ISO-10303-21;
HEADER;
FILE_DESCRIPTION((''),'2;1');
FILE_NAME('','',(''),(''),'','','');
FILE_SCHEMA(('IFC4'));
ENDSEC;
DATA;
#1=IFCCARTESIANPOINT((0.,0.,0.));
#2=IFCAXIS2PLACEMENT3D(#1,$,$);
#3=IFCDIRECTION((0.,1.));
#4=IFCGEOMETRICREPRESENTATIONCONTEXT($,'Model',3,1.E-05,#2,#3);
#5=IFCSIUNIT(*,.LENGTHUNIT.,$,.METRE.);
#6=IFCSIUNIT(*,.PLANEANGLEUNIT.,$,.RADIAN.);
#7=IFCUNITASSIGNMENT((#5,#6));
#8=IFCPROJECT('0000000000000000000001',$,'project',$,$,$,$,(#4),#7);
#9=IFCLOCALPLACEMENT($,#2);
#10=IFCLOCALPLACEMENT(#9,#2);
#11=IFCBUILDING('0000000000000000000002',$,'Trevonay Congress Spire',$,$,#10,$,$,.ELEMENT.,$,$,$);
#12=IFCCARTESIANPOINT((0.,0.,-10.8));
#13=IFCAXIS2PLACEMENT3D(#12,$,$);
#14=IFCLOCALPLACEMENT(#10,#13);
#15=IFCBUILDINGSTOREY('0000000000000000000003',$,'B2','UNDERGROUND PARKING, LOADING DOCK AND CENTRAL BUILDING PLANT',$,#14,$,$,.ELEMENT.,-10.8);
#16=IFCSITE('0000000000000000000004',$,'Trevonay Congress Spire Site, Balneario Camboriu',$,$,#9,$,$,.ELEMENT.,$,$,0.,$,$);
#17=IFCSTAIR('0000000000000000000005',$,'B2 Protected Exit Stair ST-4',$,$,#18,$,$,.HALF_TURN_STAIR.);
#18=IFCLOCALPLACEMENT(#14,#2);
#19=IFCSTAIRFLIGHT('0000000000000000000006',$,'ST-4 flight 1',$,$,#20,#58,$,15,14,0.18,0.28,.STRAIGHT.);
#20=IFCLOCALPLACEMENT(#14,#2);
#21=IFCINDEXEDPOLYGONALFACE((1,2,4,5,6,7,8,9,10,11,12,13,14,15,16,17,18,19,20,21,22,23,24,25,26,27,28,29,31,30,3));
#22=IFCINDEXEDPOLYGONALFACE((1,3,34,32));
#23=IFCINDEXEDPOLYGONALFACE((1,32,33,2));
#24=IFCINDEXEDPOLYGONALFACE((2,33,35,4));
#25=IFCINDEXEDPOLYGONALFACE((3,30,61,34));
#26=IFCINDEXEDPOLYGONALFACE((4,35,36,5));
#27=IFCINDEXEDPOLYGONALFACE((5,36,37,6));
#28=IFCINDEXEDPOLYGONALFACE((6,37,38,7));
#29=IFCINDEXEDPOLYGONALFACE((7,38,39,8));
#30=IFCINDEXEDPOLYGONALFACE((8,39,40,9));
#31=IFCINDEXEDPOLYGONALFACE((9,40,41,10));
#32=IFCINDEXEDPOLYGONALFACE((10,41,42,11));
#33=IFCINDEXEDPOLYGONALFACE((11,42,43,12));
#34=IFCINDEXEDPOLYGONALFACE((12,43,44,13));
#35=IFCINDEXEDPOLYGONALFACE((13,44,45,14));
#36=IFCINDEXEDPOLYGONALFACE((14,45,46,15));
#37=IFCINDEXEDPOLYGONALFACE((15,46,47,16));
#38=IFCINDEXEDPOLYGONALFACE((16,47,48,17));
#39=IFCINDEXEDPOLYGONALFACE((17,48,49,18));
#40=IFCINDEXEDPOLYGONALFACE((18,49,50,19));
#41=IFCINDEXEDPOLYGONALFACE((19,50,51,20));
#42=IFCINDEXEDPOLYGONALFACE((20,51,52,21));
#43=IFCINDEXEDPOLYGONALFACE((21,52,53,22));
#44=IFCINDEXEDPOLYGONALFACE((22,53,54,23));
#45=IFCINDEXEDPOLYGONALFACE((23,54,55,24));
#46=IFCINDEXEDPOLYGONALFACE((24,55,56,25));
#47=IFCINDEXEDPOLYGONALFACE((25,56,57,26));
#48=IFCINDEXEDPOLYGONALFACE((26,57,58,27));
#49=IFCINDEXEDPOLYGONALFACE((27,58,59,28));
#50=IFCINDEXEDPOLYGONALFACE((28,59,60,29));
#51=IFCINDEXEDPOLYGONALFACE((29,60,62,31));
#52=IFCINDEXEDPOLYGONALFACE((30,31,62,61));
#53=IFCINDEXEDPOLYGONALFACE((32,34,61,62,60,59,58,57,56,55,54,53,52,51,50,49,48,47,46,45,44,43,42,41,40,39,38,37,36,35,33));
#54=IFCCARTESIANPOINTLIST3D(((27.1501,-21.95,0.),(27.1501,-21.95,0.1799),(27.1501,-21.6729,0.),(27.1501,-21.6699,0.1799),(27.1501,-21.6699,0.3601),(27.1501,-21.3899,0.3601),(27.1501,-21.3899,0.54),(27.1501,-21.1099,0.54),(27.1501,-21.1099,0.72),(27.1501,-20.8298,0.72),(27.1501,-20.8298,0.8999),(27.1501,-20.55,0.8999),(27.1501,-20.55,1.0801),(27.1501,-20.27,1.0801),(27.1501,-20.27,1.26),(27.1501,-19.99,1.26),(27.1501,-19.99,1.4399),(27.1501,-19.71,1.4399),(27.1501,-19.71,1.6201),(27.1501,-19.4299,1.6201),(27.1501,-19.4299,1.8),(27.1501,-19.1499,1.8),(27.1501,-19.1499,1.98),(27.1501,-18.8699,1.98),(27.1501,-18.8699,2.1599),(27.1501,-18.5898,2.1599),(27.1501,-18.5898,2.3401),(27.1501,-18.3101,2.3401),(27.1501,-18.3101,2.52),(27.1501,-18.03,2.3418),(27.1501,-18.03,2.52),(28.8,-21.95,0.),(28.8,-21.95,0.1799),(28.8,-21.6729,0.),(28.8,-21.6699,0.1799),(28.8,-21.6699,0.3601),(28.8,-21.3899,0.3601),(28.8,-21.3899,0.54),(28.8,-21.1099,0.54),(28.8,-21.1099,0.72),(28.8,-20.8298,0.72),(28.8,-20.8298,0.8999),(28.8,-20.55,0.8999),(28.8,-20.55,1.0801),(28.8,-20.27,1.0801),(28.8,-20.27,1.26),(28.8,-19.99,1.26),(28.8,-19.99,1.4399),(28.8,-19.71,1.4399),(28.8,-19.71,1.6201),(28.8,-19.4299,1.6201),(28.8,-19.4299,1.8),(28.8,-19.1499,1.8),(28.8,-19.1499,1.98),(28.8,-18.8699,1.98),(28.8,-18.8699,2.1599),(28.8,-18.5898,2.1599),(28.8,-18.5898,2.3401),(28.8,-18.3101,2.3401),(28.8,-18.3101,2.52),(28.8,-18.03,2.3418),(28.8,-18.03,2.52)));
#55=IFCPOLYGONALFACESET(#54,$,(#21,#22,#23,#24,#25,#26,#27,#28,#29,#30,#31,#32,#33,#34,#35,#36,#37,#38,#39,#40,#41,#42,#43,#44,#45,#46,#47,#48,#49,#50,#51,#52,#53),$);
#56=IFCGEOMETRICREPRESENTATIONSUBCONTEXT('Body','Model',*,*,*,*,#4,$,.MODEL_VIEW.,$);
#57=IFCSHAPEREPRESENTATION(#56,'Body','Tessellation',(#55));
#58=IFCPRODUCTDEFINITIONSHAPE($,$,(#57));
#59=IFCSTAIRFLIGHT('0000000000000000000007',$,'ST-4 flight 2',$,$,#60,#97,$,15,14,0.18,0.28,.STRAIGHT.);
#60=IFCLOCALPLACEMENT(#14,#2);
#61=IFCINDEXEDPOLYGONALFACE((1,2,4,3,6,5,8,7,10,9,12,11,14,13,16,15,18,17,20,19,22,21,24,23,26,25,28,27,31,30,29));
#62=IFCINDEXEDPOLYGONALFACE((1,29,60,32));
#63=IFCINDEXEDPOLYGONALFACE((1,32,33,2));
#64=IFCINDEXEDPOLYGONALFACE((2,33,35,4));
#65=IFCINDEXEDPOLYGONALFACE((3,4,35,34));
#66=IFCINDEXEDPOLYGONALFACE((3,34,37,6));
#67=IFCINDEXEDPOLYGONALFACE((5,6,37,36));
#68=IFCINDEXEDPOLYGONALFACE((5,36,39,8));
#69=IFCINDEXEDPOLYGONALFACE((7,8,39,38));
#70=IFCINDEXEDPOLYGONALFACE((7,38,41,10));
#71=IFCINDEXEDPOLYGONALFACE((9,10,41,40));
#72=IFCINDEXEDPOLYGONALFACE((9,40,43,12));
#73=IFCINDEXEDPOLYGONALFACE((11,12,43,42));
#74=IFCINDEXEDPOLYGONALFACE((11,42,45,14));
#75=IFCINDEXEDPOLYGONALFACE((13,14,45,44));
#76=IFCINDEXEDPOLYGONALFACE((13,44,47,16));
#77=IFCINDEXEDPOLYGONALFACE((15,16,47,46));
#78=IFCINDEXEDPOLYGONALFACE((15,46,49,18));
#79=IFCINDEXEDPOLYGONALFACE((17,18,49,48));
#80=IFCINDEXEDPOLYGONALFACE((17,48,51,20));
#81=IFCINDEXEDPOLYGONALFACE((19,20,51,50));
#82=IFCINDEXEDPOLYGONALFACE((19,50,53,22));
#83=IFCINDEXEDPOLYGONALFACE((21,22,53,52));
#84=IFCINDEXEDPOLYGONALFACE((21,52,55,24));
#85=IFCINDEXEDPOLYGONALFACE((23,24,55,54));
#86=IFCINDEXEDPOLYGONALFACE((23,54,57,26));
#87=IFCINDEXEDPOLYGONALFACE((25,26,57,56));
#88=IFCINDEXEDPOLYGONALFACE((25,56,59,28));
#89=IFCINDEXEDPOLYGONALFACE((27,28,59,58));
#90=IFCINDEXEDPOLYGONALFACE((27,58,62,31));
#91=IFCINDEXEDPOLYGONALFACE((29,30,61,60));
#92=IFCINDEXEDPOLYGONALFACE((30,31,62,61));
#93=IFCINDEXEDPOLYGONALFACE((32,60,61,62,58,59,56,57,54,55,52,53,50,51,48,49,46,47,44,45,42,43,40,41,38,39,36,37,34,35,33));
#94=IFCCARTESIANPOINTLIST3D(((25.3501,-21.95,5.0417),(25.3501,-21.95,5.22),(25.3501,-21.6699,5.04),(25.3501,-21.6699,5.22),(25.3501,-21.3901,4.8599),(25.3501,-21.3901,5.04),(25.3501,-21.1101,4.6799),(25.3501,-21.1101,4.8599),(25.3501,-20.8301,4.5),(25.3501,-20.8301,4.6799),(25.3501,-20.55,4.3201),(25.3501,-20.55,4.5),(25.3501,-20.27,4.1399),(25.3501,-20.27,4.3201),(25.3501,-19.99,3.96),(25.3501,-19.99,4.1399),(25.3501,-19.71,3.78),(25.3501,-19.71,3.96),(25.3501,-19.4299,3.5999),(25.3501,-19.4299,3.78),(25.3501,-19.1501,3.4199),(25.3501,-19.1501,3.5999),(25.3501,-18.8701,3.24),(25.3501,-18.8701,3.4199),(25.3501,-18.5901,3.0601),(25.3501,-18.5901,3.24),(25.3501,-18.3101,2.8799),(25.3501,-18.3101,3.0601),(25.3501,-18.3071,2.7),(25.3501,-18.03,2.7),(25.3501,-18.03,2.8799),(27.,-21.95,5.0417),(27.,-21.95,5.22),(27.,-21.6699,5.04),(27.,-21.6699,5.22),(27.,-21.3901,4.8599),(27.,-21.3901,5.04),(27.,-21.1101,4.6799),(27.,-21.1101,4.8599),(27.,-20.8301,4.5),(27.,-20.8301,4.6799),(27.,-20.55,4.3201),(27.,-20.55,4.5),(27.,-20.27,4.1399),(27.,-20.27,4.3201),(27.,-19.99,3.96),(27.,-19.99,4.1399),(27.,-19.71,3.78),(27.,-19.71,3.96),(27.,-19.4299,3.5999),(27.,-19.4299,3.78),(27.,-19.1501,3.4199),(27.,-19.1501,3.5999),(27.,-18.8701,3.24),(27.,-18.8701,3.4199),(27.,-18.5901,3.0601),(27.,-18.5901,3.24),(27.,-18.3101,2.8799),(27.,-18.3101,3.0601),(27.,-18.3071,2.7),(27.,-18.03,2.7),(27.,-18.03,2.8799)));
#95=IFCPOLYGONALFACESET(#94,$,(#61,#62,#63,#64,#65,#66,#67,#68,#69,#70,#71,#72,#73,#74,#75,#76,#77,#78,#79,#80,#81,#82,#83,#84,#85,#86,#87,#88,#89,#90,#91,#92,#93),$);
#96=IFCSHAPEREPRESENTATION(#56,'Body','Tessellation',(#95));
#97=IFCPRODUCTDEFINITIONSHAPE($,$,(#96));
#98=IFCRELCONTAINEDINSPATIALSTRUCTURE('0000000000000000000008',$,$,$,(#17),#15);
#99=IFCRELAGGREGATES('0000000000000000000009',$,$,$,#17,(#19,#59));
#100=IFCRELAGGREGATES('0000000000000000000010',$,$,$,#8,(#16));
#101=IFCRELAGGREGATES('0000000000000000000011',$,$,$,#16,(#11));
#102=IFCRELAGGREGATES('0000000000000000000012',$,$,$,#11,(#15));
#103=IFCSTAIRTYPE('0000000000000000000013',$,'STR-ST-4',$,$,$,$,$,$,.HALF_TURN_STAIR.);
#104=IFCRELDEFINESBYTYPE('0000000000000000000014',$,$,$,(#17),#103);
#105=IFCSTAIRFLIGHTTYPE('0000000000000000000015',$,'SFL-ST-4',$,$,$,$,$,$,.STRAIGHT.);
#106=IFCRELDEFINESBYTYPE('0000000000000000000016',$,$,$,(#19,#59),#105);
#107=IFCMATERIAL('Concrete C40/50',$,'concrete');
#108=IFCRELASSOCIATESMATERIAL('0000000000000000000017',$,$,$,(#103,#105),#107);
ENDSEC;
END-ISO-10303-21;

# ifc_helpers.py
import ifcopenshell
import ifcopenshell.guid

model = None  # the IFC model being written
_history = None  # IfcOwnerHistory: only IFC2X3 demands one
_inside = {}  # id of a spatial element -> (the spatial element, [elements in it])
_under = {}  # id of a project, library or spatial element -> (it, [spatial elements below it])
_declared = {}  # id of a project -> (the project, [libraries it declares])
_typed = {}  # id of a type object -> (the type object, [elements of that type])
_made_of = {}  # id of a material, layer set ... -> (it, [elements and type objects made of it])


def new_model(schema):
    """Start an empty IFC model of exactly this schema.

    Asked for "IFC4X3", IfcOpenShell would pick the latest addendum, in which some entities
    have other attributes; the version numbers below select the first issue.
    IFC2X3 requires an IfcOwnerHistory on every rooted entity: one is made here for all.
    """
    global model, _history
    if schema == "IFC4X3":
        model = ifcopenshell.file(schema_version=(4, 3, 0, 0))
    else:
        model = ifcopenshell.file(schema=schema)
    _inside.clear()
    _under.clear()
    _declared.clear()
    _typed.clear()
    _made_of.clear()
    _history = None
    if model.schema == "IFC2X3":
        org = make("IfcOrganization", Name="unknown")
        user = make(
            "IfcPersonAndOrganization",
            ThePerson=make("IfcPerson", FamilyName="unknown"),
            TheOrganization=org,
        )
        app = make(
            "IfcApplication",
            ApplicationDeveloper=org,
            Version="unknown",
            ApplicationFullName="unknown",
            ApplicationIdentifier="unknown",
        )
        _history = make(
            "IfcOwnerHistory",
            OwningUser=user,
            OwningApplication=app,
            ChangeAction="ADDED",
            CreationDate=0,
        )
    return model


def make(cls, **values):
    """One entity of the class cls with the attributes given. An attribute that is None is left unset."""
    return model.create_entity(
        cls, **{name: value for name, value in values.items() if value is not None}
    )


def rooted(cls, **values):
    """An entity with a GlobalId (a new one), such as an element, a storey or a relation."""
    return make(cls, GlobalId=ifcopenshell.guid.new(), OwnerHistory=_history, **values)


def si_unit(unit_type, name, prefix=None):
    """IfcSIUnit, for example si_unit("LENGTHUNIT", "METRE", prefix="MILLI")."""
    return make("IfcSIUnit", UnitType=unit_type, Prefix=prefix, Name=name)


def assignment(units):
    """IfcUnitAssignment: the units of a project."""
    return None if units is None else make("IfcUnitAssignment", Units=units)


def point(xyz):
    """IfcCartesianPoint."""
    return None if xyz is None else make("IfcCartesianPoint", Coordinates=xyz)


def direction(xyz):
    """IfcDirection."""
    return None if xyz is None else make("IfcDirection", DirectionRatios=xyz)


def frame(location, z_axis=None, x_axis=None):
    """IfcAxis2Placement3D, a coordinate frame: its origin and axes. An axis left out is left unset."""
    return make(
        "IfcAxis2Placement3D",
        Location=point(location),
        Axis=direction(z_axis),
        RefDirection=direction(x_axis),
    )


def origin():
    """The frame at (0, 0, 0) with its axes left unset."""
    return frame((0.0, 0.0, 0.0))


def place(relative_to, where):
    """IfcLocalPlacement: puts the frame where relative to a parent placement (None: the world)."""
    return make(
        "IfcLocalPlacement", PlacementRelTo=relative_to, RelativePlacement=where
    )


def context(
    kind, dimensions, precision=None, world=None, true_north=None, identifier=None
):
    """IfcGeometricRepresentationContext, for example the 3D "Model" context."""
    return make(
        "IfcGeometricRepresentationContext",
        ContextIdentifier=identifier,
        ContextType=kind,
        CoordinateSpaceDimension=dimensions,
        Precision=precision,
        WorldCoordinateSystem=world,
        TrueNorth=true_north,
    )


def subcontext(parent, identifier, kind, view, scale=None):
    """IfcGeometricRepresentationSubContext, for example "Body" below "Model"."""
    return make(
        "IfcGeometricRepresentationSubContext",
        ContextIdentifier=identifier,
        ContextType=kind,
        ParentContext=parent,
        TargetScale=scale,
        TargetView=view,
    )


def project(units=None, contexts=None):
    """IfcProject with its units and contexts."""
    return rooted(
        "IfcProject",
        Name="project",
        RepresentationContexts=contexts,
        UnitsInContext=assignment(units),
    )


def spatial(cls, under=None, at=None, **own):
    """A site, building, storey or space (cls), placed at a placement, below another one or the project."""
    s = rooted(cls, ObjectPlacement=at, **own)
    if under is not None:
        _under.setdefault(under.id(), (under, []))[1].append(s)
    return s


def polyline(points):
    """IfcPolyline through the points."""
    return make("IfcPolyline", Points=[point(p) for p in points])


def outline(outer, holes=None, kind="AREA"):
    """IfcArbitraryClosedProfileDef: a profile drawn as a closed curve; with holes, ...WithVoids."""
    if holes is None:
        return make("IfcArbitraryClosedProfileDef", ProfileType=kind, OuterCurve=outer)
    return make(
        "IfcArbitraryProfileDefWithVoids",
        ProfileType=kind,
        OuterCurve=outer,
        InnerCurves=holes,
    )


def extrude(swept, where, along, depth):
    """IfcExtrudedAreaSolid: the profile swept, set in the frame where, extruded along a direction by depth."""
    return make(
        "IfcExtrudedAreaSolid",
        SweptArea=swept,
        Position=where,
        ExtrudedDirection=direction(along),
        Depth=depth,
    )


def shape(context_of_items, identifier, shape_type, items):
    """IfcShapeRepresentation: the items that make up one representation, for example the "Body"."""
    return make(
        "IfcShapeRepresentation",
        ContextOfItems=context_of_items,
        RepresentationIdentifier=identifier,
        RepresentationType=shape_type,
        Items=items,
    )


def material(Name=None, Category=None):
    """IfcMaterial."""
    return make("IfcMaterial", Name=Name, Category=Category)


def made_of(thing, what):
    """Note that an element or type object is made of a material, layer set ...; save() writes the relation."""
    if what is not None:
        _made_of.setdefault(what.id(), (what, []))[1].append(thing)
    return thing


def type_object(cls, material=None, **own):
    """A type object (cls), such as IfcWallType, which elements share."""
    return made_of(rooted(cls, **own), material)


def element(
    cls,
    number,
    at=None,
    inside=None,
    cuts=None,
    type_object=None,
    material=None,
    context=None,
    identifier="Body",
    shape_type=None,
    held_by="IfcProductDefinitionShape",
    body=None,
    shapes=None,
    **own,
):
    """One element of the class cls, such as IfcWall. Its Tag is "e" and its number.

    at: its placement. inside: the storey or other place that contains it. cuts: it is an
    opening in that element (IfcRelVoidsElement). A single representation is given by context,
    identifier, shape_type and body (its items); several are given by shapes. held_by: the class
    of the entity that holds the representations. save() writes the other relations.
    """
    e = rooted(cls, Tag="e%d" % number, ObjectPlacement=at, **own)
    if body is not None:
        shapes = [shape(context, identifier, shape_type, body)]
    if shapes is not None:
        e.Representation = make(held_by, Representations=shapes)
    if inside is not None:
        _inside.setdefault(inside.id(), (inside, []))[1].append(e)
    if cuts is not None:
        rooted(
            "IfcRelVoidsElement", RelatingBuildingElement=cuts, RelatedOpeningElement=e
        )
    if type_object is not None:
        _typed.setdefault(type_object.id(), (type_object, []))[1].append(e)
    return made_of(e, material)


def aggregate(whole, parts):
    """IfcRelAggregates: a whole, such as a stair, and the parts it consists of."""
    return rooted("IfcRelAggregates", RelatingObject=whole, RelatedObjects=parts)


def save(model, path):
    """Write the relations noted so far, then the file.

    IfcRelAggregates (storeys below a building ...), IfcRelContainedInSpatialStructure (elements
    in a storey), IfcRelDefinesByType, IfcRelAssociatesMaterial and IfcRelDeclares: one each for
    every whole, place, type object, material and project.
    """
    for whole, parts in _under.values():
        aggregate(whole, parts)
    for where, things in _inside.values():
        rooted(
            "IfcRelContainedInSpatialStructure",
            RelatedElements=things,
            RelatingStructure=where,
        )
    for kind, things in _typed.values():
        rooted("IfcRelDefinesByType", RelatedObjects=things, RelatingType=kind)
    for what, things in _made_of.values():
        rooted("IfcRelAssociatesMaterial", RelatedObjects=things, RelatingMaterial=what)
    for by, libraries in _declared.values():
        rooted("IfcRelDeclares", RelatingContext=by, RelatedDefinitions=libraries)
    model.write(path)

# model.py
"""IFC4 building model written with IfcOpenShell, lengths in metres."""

from ifc_helpers import new_model, si_unit, direction, frame, origin, place, context, subcontext, project, spatial, polyline, outline, extrude, material, type_object, element, aggregate, save


model = new_model("IFC4")

# Units and contexts
model_context = context("Model", 3, precision=1e-05, world=origin(), true_north=direction((0.0, 1.0)))
body_context = subcontext(model_context, "Body", "Model", "MODEL_VIEW")
ifc_project = project(units=[si_unit("LENGTHUNIT", "METRE"), si_unit("PLANEANGLEUNIT", "RADIAN")], contexts=[model_context])

# Site, building, storey
site_placement = place(None, origin())
site = spatial("IfcSite", under=ifc_project, at=site_placement, Name="Trevonay Congress Spire Site, Balneario Camboriu", CompositionType="ELEMENT", RefElevation=0.0)
building_placement = place(site_placement, origin())
building = spatial("IfcBuilding", under=site, at=building_placement, Name="Trevonay Congress Spire", CompositionType="ELEMENT")
storey_placement = place(building_placement, frame((0.0, 0.0, -10.8)))
storey = spatial("IfcBuildingStorey", under=building, at=storey_placement, Name="B2", Description="UNDERGROUND PARKING, LOADING DOCK AND CENTRAL BUILDING PLANT", CompositionType="ELEMENT", Elevation=-10.8)

# Shared definitions
ifc_material_1 = material(Name="Concrete C40/50", Category="concrete")

# Stair, stair flights
stair_type = type_object("IfcStairType", Name="STR-ST-4", PredefinedType="HALF_TURN_STAIR", material=ifc_material_1)
stair_placement = place(storey_placement, origin())
stair = element("IfcStair", 1, at=stair_placement, inside=storey, type_object=stair_type, Name="B2 Protected Exit Stair ST-4", PredefinedType="HALF_TURN_STAIR")
stair_flight_type = type_object("IfcStairFlightType", Name="SFL-ST-4", PredefinedType="STRAIGHT", material=ifc_material_1)
stair_flight_1_placement = place(storey_placement, frame((27.9751, -21.95, 0.0), z_axis=(0.0, 0.0, 1.0), x_axis=(0.0, 1.0, 0.0)))
stair_flight_1 = element("IfcStairFlight", 2, at=stair_flight_1_placement, type_object=stair_flight_type, Name="ST-4 flight 1", NumberOfRisers=15, NumberOfTreads=14, PredefinedType="STRAIGHT", RiserHeight=0.18, TreadLength=0.28, context=body_context, shape_type="SweptSolid", body=[
    extrude(outline(polyline([(0.0, 0.0), (0.0, 0.1799), (0.28, 0.1799), (0.28, 0.3601), (0.5601, 0.3601), (0.5601, 0.54), (0.8401, 0.54), (0.8401, 0.72), (1.1201, 0.72), (1.1201, 0.8999), (1.3999, 0.8999), (1.3999, 1.0801), (1.6799, 1.0801), (1.6799, 1.26), (1.96, 1.26), (1.96, 1.4399), (2.24, 1.4399), (2.24, 1.6201), (2.52, 1.6201), (2.52, 1.8), (2.8, 1.8), (2.8, 1.98), (3.0801, 1.98), (3.0801, 2.1599), (3.3601, 2.1599), (3.3601, 2.3401), (3.6399, 2.3401), (3.6399, 2.52), (3.9199, 2.52), (3.9199, 2.7), (3.9199, 2.3418), (0.2771, 0.0), (0.0, 0.0)])), frame((0.0, 0.825, 0.0), z_axis=(0.0, -1.0, 0.0), x_axis=(1.0, 0.0, 0.0)), (0.0, 0.0, 1.0), 1.6499),
])
stair_flight_2_placement = place(storey_placement, frame((26.175, -18.03, 2.7), z_axis=(0.0, 0.0, 1.0), x_axis=(0.0, -1.0, 0.0)))
stair_flight_2 = element("IfcStairFlight", 3, at=stair_flight_2_placement, type_object=stair_flight_type, Name="ST-4 flight 2", NumberOfRisers=15, NumberOfTreads=14, PredefinedType="STRAIGHT", RiserHeight=0.18, TreadLength=0.28, context=body_context, shape_type="SweptSolid", body=[
    extrude(outline(polyline([(0.0, 0.0), (0.0, 0.1799), (0.28, 0.1799), (0.28, 0.3601), (0.5601, 0.3601), (0.5601, 0.54), (0.8401, 0.54), (0.8401, 0.72), (1.1201, 0.72), (1.1201, 0.8999), (1.3999, 0.8999), (1.3999, 1.0801), (1.6799, 1.0801), (1.6799, 1.26), (1.96, 1.26), (1.96, 1.4399), (2.24, 1.4399), (2.24, 1.6201), (2.52, 1.6201), (2.52, 1.8), (2.8, 1.8), (2.8, 1.98), (3.0801, 1.98), (3.0801, 2.1599), (3.3601, 2.1599), (3.3601, 2.3401), (3.6399, 2.3401), (3.6399, 2.52), (3.9199, 2.52), (3.9199, 2.7), (3.9199, 2.3418), (0.2771, 0.0), (0.0, 0.0)])), frame((0.0, 0.825, 0.0), z_axis=(0.0, -1.0, 0.0), x_axis=(1.0, 0.0, 0.0)), (0.0, 0.0, 1.0), 1.6499),
])
aggregate(stair, [stair_flight_1, stair_flight_2])

save(model, "model.ifc")
